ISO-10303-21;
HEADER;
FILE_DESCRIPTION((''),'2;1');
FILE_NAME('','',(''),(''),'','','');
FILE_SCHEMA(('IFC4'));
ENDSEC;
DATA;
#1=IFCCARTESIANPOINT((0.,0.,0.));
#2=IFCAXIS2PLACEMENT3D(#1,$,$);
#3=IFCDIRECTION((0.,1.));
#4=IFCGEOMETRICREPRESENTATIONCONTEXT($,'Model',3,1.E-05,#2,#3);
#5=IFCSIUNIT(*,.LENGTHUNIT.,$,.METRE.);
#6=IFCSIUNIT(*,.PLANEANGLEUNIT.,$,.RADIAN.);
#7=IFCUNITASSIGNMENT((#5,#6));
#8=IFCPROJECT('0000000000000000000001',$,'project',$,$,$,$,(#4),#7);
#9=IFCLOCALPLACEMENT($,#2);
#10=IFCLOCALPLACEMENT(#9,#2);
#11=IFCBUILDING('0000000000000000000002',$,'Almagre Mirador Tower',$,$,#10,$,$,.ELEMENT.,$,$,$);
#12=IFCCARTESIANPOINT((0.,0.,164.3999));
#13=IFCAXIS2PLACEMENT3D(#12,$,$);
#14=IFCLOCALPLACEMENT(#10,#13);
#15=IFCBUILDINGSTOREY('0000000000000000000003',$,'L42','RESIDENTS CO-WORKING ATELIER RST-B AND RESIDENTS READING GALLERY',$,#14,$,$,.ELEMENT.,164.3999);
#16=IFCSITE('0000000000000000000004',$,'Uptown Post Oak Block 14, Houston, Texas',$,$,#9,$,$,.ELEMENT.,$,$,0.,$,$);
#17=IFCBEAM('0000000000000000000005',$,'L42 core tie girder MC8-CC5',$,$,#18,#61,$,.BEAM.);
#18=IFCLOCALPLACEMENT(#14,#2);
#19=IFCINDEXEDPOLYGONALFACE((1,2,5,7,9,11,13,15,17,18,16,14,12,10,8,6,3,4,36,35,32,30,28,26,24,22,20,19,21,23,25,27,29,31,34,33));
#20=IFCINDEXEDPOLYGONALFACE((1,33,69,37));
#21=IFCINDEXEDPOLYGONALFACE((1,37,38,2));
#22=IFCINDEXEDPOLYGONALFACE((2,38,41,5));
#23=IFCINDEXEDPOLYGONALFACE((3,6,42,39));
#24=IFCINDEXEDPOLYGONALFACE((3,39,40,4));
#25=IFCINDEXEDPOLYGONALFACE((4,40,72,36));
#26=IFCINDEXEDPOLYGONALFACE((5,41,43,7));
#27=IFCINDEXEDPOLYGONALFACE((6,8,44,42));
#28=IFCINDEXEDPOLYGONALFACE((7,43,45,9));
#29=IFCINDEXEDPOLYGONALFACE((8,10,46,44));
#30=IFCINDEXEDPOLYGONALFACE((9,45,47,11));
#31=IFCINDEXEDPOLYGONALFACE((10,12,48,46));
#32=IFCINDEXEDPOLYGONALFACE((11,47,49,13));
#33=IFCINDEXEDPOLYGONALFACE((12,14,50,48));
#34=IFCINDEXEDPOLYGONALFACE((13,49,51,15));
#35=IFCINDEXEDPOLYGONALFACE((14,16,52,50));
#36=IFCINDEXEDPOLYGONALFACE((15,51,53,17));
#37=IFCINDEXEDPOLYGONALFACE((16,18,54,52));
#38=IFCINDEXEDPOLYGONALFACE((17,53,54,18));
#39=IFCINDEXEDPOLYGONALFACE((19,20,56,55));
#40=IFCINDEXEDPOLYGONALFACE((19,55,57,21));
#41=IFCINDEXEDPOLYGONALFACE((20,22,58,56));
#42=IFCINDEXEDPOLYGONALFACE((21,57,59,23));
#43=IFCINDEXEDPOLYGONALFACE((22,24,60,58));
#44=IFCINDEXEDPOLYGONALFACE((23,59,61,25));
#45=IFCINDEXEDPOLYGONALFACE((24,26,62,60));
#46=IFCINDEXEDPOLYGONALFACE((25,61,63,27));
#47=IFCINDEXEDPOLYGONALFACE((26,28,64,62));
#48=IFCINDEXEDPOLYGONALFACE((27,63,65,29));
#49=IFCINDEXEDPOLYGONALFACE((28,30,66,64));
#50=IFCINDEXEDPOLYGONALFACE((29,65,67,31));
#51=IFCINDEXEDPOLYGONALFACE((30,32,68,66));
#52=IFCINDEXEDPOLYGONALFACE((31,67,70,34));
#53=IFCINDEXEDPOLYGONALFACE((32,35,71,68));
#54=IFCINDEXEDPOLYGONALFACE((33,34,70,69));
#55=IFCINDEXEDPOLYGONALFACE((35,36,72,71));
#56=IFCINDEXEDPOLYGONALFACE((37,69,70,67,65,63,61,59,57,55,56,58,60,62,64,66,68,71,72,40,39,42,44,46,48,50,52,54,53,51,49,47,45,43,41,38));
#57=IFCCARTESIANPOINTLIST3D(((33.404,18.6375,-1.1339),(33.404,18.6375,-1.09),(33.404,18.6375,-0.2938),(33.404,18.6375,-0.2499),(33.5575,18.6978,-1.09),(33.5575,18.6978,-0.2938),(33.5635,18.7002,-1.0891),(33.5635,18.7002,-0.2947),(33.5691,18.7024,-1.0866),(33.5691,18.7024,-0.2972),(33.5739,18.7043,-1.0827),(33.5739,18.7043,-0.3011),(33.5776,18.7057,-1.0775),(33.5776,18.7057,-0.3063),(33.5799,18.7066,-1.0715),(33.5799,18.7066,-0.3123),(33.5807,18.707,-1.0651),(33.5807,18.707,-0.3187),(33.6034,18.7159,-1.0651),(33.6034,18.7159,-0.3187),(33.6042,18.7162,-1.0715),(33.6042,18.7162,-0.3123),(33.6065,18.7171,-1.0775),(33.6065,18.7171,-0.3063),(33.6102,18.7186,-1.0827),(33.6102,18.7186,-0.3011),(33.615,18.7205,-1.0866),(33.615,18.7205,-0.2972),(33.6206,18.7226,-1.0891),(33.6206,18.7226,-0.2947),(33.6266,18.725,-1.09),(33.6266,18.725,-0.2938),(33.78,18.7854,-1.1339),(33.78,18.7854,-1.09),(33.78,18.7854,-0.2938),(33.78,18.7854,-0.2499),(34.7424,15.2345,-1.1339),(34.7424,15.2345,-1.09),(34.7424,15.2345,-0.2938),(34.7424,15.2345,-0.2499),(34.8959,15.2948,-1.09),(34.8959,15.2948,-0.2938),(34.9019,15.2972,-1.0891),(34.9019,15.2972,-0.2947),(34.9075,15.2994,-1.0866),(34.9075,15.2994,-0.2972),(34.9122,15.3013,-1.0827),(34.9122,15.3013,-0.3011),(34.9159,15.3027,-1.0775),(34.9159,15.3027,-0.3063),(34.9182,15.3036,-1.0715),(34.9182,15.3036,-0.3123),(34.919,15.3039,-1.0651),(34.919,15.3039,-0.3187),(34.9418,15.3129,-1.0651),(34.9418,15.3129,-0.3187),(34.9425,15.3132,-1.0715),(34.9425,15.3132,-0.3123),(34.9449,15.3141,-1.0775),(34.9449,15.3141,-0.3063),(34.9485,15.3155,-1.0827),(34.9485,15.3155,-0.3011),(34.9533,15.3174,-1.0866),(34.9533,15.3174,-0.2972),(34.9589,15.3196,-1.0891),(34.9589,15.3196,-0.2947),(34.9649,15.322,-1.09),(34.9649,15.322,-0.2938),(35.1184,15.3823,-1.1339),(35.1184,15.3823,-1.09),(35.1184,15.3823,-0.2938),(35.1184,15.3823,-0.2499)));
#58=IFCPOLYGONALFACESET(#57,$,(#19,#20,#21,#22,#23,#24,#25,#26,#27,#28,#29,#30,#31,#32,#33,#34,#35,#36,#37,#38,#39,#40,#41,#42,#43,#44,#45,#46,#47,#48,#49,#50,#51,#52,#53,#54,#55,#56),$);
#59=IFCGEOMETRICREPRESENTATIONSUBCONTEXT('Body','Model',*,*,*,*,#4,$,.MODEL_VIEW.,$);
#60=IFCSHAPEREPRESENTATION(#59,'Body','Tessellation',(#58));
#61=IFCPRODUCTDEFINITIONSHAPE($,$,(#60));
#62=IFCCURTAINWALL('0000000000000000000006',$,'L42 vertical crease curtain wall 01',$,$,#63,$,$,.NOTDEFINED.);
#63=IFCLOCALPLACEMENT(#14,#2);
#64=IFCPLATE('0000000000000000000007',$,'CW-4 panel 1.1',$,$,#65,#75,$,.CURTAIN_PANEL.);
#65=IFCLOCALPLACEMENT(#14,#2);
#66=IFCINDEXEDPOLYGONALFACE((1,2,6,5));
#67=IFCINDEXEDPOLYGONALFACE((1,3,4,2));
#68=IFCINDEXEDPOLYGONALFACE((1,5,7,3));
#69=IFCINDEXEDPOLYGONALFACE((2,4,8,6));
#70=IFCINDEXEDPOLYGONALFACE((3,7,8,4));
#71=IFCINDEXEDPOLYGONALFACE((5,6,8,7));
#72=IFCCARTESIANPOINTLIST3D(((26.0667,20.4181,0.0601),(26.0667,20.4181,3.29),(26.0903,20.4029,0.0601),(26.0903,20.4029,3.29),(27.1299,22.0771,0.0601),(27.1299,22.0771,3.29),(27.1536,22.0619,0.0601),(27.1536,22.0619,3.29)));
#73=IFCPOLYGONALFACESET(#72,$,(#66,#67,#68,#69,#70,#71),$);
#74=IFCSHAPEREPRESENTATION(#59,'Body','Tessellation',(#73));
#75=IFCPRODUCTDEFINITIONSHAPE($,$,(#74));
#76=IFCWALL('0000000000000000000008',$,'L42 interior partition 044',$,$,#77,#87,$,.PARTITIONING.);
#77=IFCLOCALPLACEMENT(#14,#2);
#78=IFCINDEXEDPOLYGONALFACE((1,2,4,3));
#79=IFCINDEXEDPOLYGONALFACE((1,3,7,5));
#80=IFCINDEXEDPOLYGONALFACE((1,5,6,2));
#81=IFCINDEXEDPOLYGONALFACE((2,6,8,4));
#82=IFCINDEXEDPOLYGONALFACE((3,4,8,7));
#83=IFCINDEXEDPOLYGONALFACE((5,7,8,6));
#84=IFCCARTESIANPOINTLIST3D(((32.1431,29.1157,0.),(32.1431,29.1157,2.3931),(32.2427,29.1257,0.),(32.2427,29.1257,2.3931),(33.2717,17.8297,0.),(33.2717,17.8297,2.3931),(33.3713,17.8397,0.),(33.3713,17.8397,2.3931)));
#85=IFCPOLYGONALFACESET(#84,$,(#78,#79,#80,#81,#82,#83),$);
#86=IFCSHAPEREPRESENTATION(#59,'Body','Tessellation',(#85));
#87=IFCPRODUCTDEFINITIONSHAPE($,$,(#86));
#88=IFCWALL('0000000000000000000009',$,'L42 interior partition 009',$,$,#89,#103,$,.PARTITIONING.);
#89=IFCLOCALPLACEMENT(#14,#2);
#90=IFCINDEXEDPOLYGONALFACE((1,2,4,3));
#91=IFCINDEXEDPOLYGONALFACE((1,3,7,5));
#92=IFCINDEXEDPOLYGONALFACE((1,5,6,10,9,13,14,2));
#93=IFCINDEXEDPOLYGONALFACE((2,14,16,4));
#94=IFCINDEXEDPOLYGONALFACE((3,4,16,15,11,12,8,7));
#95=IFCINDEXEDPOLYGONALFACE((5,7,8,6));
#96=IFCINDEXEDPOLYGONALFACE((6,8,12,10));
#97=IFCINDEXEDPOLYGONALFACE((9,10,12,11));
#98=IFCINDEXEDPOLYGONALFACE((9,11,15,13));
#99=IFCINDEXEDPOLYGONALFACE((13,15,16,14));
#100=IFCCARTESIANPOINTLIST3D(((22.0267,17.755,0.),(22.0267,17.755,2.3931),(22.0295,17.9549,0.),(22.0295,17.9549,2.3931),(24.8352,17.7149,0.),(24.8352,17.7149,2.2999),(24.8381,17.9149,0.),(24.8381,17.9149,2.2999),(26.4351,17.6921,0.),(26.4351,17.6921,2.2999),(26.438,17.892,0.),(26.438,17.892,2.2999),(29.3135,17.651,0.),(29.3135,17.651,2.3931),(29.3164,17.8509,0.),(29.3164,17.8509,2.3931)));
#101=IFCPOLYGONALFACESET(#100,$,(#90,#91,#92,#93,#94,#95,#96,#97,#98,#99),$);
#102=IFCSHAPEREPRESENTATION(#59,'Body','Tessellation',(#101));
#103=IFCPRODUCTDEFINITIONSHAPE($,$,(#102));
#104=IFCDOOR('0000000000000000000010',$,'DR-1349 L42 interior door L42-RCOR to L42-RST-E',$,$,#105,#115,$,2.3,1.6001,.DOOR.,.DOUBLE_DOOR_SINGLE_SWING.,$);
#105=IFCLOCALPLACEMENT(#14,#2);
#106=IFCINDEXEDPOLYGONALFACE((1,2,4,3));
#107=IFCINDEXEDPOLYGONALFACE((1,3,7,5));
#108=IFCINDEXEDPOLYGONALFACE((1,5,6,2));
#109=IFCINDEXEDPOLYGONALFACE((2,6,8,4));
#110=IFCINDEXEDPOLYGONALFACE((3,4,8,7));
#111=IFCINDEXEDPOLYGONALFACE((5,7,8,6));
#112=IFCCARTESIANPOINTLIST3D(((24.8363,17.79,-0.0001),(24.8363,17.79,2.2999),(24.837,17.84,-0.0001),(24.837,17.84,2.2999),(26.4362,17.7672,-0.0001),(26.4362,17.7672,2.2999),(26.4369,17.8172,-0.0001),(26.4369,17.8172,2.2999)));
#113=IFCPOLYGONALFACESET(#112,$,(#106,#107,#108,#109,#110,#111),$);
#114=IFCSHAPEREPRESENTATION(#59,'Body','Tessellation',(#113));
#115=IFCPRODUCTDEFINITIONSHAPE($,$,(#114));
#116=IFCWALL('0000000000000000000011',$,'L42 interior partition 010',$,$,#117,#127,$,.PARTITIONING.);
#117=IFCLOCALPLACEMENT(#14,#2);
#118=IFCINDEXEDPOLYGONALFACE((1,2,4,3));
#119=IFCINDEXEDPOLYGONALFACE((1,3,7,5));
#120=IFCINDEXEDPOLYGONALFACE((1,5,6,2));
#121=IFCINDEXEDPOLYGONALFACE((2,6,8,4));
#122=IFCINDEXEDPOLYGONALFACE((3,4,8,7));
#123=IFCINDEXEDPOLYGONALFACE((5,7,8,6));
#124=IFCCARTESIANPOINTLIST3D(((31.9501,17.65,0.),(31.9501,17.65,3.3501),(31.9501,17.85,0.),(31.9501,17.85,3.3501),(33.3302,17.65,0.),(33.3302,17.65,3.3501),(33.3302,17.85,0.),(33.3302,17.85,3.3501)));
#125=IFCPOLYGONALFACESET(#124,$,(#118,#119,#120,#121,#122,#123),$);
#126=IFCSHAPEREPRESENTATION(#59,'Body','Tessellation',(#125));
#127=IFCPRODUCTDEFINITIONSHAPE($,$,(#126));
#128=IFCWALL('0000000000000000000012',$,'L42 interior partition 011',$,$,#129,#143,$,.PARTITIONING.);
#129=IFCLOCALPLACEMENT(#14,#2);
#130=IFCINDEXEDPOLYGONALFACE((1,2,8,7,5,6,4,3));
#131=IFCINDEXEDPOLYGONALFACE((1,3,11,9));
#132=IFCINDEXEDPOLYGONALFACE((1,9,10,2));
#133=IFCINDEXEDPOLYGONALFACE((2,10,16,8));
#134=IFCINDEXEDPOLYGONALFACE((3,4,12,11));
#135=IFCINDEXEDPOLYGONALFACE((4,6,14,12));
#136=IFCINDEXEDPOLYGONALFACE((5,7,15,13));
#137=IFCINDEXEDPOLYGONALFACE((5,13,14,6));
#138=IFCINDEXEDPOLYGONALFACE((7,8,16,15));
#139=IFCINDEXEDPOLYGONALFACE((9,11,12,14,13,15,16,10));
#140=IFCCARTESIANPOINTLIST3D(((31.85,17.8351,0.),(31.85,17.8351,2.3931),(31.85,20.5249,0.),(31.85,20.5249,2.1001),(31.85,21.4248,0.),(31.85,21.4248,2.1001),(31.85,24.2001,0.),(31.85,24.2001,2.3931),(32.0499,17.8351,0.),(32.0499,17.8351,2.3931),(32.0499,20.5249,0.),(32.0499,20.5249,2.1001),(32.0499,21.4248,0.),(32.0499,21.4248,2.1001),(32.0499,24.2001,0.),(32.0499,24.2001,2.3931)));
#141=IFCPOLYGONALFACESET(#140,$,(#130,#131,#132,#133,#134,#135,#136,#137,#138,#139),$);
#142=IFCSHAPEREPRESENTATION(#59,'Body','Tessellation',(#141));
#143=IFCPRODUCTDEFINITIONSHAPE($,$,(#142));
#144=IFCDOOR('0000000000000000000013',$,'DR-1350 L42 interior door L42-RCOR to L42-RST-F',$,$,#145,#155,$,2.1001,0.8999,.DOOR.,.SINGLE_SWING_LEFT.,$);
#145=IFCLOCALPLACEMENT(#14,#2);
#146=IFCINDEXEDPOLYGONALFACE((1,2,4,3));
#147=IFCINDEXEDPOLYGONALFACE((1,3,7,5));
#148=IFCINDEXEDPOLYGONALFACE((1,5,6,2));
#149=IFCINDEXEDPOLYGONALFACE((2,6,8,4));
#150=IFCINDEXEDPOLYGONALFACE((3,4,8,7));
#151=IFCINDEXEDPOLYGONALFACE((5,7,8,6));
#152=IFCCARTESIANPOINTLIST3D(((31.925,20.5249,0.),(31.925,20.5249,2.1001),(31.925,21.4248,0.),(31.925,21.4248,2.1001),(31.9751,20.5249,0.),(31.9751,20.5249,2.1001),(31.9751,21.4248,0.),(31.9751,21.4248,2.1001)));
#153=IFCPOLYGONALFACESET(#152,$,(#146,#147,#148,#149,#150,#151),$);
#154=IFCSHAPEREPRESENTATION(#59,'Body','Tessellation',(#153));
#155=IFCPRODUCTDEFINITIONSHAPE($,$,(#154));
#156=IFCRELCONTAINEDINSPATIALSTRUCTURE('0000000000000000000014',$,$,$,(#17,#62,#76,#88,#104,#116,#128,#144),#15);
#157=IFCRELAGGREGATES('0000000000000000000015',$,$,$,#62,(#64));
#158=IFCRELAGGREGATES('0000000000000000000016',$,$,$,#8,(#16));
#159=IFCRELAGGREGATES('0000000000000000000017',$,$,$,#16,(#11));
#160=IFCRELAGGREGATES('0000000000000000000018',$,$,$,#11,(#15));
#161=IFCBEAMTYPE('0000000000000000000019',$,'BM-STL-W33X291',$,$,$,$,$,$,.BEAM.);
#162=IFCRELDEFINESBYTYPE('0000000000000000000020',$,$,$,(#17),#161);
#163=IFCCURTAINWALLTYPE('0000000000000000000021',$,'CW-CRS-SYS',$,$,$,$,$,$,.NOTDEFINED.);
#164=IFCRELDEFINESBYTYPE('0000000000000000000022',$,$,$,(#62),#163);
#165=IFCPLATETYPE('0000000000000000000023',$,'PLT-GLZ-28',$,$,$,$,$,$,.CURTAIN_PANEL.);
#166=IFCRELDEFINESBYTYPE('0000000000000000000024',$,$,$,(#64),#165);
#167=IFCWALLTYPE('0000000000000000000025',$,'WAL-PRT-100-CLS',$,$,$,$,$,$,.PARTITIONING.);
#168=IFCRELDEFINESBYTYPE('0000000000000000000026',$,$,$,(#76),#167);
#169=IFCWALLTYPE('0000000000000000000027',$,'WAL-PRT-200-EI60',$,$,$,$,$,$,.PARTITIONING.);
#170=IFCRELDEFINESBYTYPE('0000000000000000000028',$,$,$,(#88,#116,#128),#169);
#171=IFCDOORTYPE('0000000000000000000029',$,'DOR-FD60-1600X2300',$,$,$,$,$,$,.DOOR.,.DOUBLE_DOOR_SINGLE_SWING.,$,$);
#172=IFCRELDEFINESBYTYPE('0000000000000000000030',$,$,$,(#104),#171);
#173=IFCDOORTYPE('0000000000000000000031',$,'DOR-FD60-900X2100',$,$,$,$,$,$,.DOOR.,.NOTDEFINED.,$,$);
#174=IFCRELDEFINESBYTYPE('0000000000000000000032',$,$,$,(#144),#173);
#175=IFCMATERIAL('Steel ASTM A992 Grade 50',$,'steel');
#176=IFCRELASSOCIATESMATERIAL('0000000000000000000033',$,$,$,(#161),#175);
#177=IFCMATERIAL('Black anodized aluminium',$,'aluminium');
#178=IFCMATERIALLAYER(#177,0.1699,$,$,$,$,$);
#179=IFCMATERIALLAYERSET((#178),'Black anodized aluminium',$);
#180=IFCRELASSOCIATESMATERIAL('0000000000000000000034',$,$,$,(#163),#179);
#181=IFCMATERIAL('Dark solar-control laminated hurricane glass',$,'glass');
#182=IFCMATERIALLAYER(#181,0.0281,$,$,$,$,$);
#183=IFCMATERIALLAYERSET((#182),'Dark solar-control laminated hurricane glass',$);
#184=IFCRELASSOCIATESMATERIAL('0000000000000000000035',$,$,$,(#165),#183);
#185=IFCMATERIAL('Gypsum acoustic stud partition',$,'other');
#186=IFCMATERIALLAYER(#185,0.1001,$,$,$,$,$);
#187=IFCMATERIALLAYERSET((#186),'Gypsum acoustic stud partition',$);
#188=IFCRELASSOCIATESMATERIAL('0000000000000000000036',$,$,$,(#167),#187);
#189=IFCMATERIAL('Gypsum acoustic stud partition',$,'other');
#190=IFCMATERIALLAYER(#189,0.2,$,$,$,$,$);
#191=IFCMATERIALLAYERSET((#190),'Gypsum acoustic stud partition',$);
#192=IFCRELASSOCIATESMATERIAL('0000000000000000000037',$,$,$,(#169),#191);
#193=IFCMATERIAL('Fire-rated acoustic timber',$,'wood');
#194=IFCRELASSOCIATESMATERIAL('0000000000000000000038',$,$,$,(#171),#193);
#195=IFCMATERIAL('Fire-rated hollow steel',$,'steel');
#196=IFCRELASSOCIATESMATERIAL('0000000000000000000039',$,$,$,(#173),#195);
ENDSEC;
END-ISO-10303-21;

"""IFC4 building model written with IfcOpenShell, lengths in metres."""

from ifc_helpers import new_model, si_unit, direction, frame, frame_2d, origin, origin_2d, place, context, subcontext, project, spatial, rectangle, i_section, extrude, material, layer, layer_set, material_profile, profile_set, type_object, element, fill, aggregate, save


model = new_model("IFC4")

# Units and contexts
model_context = context("Model", 3, precision=1e-05, world=origin(), true_north=direction((0.0, 1.0)))
body_context = subcontext(model_context, "Body", "Model", "MODEL_VIEW")
ifc_project = project(units=[si_unit("LENGTHUNIT", "METRE"), si_unit("PLANEANGLEUNIT", "RADIAN")], contexts=[model_context])

# Site, building, storey
site_placement = place(None, origin())
site = spatial("IfcSite", under=ifc_project, at=site_placement, Name="Uptown Post Oak Block 14, Houston, Texas", CompositionType="ELEMENT", RefElevation=0.0)
building_placement = place(site_placement, origin())
building = spatial("IfcBuilding", under=site, at=building_placement, Name="Almagre Mirador Tower", CompositionType="ELEMENT")
storey_placement = place(building_placement, frame((0.0, 0.0, 164.3999)))
storey = spatial("IfcBuildingStorey", under=building, at=storey_placement, Name="L42", Description="RESIDENTS CO-WORKING ATELIER RST-B AND RESIDENTS READING GALLERY", CompositionType="ELEMENT", Elevation=164.3999)

# Beam
ifc_material_1 = material(Name="Steel ASTM A992 Grade 50", Category="steel")
ifc_material_profile_1 = material_profile(ifc_material_1, i_section(OverallWidth=0.4041, OverallDepth=0.884, WebThickness=0.0244, FlangeThickness=0.0439, FilletRadius=0.0249, at=origin_2d()), Name="W33X291")
ifc_profile_set_1 = profile_set([ifc_material_profile_1], Name="Steel ASTM A992 Grade 50")
beam_type_1 = type_object("IfcBeamType", Name="BM-STL-W33X291", PredefinedType="BEAM", material=ifc_profile_set_1)
beam_1_placement = place(storey_placement, frame((33.592, 18.7114, -0.6919), z_axis=(0.365997, -0.930616, 0.0), x_axis=(0.930616, 0.365997, 0.0)))
element("IfcBeam", 1, at=beam_1_placement, inside=storey, type_object=beam_type_1, Name="L42 core tie girder MC8-CC5", PredefinedType="BEAM", context=body_context, shape_type="SweptSolid", body=[
    extrude(i_section(OverallWidth=0.4041, OverallDepth=0.884, WebThickness=0.0244, FlangeThickness=0.0439, FilletRadius=0.0249, at=origin_2d()), origin(), (0.0, 0.0, 1.0), 3.6567),
])

# Curtain wall, plate
ifc_material_2 = material(Name="Black anodized aluminium", Category="aluminium")
ifc_layer_1 = layer(ifc_material_2, 0.1699)
ifc_layer_set_1 = layer_set([ifc_layer_1], Name="Black anodized aluminium")
curtain_wall_type = type_object("IfcCurtainWallType", Name="CW-CRS-SYS", PredefinedType="NOTDEFINED", material=ifc_layer_set_1)
curtain_wall_placement = place(storey_placement, origin())
curtain_wall = element("IfcCurtainWall", 2, at=curtain_wall_placement, inside=storey, type_object=curtain_wall_type, Name="L42 vertical crease curtain wall 01", PredefinedType="NOTDEFINED")
ifc_material_3 = material(Name="Dark solar-control laminated hurricane glass", Category="glass")
ifc_layer_2 = layer(ifc_material_3, 0.0281)
ifc_layer_set_2 = layer_set([ifc_layer_2], Name="Dark solar-control laminated hurricane glass")
plate_type = type_object("IfcPlateType", Name="PLT-GLZ-28", PredefinedType="CURTAIN_PANEL", material=ifc_layer_set_2)
plate_placement = place(storey_placement, frame((26.6101, 21.24, 0.0601), z_axis=(0.0, 0.0, 1.0), x_axis=(0.539597, 0.841924, 0.0)))
plate = element("IfcPlate", 3, at=plate_placement, type_object=plate_type, Name="CW-4 panel 1.1", PredefinedType="CURTAIN_PANEL", context=body_context, shape_type="SweptSolid", body=[
    extrude(rectangle(XDim=1.9705, YDim=0.0281, at=origin_2d()), origin(), (0.0, 0.0, 1.0), 3.23),
])
aggregate(curtain_wall, [plate])

# Wall
ifc_material_4 = material(Name="Gypsum acoustic stud partition", Category="other")
ifc_layer_3 = layer(ifc_material_4, 0.1001)
ifc_layer_set_3 = layer_set([ifc_layer_3], Name="Gypsum acoustic stud partition")
wall_type_1 = type_object("IfcWallType", Name="WAL-PRT-100-CLS", PredefinedType="PARTITIONING", material=ifc_layer_set_3)
wall_1_placement = place(storey_placement, frame((33.3215, 17.8347, 0.0), z_axis=(0.0, 0.0, 1.0), x_axis=(-0.09951, 0.995037, 0.0)))
element("IfcWall", 4, at=wall_1_placement, inside=storey, type_object=wall_type_1, Name="L42 interior partition 044", PredefinedType="PARTITIONING", context=body_context, shape_type="SweptSolid", body=[
    extrude(rectangle(XDim=11.3423, YDim=0.1001, at=frame_2d((5.6711, 0.0))), origin(), (0.0, 0.0, 1.0), 2.3931),
])

# Wall, opening, door
ifc_material_5 = material(Name="Gypsum acoustic stud partition", Category="other")
ifc_layer_4 = layer(ifc_material_5, 0.2)
ifc_layer_set_4 = layer_set([ifc_layer_4], Name="Gypsum acoustic stud partition")
wall_type_2 = type_object("IfcWallType", Name="WAL-PRT-200-EI60", PredefinedType="PARTITIONING", material=ifc_layer_set_4)
wall_2_placement = place(storey_placement, frame((29.3149, 17.751, 0.0), z_axis=(0.0, 0.0, 1.0), x_axis=(-0.999898, 0.014271, 0.0)))
wall_2 = element("IfcWall", 5, at=wall_2_placement, inside=storey, type_object=wall_type_2, Name="L42 interior partition 009", PredefinedType="PARTITIONING", context=body_context, shape_type="SweptSolid", body=[
    extrude(rectangle(XDim=7.2876, YDim=0.2, at=frame_2d((3.6438, 0.0))), origin(), (0.0, 0.0, 1.0), 2.3931),
])
opening_1_placement = place(wall_2_placement, frame((2.8787, 0.0, 0.0)))
opening_1 = element("IfcOpeningElement", 6, at=opening_1_placement, cuts=wall_2, PredefinedType="OPENING", context=body_context, shape_type="SweptSolid", body=[
    extrude(rectangle(XDim=1.6001, YDim=2.3, at=frame_2d((0.8, 1.1499))), frame((0.0, 0.1101, 0.0), z_axis=(0.0, -1.0, 0.0), x_axis=(1.0, 0.0, 0.0)), (0.0, 0.0, 1.0), 0.22),
])
ifc_material_6 = material(Name="Fire-rated acoustic timber", Category="wood")
door_type_1 = type_object("IfcDoorType", Name="DOR-FD60-1600X2300", OperationType="DOUBLE_DOOR_SINGLE_SWING", PredefinedType="DOOR", material=ifc_material_6)
door_1_placement = place(opening_1_placement, origin())
door_1 = element("IfcDoor", 7, at=door_1_placement, inside=storey, type_object=door_type_1, Name="DR-1349 L42 interior door L42-RCOR to L42-RST-E", OperationType="DOUBLE_DOOR_SINGLE_SWING", OverallHeight=2.3, OverallWidth=1.6001, PredefinedType="DOOR", context=body_context, shape_type="SweptSolid", body=[
    extrude(rectangle(XDim=1.6001, YDim=2.3, at=frame_2d((0.8, 1.1499))), frame((0.0, 0.0249, 0.0), z_axis=(0.0, -1.0, 0.0), x_axis=(1.0, 0.0, 0.0)), (0.0, 0.0, 1.0), 0.05),
])
fill(opening_1, door_1)

# Wall
wall_3_placement = place(storey_placement, frame((33.3301, 17.75, 0.0), z_axis=(0.0, 0.0, 1.0), x_axis=(-1.0, 0.0, 0.0)))
element("IfcWall", 8, at=wall_3_placement, inside=storey, type_object=wall_type_2, Name="L42 interior partition 010", PredefinedType="PARTITIONING", context=body_context, shape_type="SweptSolid", body=[
    extrude(rectangle(XDim=1.3801, YDim=0.2, at=frame_2d((0.6899, 0.0))), origin(), (0.0, 0.0, 1.0), 3.3501),
])

# Wall, opening, door
wall_4_placement = place(storey_placement, frame((31.95, 17.835, 0.0), z_axis=(0.0, 0.0, 1.0), x_axis=(0.0, 1.0, 0.0)))
wall_4 = element("IfcWall", 9, at=wall_4_placement, inside=storey, type_object=wall_type_2, Name="L42 interior partition 011", PredefinedType="PARTITIONING", context=body_context, shape_type="SweptSolid", body=[
    extrude(rectangle(XDim=6.365, YDim=0.2, at=frame_2d((3.1826, 0.0))), origin(), (0.0, 0.0, 1.0), 2.3931),
])
opening_2_placement = place(wall_4_placement, frame((2.6899, 0.0, 0.0)))
opening_2 = element("IfcOpeningElement", 10, at=opening_2_placement, cuts=wall_4, PredefinedType="OPENING", context=body_context, shape_type="SweptSolid", body=[
    extrude(rectangle(XDim=0.8999, YDim=2.1001, at=frame_2d((0.45, 1.05))), frame((0.0, 0.1101, 0.0), z_axis=(0.0, -1.0, 0.0), x_axis=(1.0, 0.0, 0.0)), (0.0, 0.0, 1.0), 0.22),
])
ifc_material_7 = material(Name="Fire-rated hollow steel", Category="steel")
door_type_2 = type_object("IfcDoorType", Name="DOR-FD60-900X2100", OperationType="NOTDEFINED", PredefinedType="DOOR", material=ifc_material_7)
door_2_placement = place(opening_2_placement, origin())
door_2 = element("IfcDoor", 11, at=door_2_placement, inside=storey, type_object=door_type_2, Name="DR-1350 L42 interior door L42-RCOR to L42-RST-F", OperationType="SINGLE_SWING_LEFT", OverallHeight=2.1001, OverallWidth=0.8999, PredefinedType="DOOR", context=body_context, shape_type="SweptSolid", body=[
    extrude(rectangle(XDim=0.8999, YDim=2.1001, at=frame_2d((0.45, 1.05))), frame((0.0, 0.0249, 0.0), z_axis=(0.0, -1.0, 0.0), x_axis=(1.0, 0.0, 0.0)), (0.0, 0.0, 1.0), 0.05),
])
fill(opening_2, door_2)

save(model, "model.ifc")
